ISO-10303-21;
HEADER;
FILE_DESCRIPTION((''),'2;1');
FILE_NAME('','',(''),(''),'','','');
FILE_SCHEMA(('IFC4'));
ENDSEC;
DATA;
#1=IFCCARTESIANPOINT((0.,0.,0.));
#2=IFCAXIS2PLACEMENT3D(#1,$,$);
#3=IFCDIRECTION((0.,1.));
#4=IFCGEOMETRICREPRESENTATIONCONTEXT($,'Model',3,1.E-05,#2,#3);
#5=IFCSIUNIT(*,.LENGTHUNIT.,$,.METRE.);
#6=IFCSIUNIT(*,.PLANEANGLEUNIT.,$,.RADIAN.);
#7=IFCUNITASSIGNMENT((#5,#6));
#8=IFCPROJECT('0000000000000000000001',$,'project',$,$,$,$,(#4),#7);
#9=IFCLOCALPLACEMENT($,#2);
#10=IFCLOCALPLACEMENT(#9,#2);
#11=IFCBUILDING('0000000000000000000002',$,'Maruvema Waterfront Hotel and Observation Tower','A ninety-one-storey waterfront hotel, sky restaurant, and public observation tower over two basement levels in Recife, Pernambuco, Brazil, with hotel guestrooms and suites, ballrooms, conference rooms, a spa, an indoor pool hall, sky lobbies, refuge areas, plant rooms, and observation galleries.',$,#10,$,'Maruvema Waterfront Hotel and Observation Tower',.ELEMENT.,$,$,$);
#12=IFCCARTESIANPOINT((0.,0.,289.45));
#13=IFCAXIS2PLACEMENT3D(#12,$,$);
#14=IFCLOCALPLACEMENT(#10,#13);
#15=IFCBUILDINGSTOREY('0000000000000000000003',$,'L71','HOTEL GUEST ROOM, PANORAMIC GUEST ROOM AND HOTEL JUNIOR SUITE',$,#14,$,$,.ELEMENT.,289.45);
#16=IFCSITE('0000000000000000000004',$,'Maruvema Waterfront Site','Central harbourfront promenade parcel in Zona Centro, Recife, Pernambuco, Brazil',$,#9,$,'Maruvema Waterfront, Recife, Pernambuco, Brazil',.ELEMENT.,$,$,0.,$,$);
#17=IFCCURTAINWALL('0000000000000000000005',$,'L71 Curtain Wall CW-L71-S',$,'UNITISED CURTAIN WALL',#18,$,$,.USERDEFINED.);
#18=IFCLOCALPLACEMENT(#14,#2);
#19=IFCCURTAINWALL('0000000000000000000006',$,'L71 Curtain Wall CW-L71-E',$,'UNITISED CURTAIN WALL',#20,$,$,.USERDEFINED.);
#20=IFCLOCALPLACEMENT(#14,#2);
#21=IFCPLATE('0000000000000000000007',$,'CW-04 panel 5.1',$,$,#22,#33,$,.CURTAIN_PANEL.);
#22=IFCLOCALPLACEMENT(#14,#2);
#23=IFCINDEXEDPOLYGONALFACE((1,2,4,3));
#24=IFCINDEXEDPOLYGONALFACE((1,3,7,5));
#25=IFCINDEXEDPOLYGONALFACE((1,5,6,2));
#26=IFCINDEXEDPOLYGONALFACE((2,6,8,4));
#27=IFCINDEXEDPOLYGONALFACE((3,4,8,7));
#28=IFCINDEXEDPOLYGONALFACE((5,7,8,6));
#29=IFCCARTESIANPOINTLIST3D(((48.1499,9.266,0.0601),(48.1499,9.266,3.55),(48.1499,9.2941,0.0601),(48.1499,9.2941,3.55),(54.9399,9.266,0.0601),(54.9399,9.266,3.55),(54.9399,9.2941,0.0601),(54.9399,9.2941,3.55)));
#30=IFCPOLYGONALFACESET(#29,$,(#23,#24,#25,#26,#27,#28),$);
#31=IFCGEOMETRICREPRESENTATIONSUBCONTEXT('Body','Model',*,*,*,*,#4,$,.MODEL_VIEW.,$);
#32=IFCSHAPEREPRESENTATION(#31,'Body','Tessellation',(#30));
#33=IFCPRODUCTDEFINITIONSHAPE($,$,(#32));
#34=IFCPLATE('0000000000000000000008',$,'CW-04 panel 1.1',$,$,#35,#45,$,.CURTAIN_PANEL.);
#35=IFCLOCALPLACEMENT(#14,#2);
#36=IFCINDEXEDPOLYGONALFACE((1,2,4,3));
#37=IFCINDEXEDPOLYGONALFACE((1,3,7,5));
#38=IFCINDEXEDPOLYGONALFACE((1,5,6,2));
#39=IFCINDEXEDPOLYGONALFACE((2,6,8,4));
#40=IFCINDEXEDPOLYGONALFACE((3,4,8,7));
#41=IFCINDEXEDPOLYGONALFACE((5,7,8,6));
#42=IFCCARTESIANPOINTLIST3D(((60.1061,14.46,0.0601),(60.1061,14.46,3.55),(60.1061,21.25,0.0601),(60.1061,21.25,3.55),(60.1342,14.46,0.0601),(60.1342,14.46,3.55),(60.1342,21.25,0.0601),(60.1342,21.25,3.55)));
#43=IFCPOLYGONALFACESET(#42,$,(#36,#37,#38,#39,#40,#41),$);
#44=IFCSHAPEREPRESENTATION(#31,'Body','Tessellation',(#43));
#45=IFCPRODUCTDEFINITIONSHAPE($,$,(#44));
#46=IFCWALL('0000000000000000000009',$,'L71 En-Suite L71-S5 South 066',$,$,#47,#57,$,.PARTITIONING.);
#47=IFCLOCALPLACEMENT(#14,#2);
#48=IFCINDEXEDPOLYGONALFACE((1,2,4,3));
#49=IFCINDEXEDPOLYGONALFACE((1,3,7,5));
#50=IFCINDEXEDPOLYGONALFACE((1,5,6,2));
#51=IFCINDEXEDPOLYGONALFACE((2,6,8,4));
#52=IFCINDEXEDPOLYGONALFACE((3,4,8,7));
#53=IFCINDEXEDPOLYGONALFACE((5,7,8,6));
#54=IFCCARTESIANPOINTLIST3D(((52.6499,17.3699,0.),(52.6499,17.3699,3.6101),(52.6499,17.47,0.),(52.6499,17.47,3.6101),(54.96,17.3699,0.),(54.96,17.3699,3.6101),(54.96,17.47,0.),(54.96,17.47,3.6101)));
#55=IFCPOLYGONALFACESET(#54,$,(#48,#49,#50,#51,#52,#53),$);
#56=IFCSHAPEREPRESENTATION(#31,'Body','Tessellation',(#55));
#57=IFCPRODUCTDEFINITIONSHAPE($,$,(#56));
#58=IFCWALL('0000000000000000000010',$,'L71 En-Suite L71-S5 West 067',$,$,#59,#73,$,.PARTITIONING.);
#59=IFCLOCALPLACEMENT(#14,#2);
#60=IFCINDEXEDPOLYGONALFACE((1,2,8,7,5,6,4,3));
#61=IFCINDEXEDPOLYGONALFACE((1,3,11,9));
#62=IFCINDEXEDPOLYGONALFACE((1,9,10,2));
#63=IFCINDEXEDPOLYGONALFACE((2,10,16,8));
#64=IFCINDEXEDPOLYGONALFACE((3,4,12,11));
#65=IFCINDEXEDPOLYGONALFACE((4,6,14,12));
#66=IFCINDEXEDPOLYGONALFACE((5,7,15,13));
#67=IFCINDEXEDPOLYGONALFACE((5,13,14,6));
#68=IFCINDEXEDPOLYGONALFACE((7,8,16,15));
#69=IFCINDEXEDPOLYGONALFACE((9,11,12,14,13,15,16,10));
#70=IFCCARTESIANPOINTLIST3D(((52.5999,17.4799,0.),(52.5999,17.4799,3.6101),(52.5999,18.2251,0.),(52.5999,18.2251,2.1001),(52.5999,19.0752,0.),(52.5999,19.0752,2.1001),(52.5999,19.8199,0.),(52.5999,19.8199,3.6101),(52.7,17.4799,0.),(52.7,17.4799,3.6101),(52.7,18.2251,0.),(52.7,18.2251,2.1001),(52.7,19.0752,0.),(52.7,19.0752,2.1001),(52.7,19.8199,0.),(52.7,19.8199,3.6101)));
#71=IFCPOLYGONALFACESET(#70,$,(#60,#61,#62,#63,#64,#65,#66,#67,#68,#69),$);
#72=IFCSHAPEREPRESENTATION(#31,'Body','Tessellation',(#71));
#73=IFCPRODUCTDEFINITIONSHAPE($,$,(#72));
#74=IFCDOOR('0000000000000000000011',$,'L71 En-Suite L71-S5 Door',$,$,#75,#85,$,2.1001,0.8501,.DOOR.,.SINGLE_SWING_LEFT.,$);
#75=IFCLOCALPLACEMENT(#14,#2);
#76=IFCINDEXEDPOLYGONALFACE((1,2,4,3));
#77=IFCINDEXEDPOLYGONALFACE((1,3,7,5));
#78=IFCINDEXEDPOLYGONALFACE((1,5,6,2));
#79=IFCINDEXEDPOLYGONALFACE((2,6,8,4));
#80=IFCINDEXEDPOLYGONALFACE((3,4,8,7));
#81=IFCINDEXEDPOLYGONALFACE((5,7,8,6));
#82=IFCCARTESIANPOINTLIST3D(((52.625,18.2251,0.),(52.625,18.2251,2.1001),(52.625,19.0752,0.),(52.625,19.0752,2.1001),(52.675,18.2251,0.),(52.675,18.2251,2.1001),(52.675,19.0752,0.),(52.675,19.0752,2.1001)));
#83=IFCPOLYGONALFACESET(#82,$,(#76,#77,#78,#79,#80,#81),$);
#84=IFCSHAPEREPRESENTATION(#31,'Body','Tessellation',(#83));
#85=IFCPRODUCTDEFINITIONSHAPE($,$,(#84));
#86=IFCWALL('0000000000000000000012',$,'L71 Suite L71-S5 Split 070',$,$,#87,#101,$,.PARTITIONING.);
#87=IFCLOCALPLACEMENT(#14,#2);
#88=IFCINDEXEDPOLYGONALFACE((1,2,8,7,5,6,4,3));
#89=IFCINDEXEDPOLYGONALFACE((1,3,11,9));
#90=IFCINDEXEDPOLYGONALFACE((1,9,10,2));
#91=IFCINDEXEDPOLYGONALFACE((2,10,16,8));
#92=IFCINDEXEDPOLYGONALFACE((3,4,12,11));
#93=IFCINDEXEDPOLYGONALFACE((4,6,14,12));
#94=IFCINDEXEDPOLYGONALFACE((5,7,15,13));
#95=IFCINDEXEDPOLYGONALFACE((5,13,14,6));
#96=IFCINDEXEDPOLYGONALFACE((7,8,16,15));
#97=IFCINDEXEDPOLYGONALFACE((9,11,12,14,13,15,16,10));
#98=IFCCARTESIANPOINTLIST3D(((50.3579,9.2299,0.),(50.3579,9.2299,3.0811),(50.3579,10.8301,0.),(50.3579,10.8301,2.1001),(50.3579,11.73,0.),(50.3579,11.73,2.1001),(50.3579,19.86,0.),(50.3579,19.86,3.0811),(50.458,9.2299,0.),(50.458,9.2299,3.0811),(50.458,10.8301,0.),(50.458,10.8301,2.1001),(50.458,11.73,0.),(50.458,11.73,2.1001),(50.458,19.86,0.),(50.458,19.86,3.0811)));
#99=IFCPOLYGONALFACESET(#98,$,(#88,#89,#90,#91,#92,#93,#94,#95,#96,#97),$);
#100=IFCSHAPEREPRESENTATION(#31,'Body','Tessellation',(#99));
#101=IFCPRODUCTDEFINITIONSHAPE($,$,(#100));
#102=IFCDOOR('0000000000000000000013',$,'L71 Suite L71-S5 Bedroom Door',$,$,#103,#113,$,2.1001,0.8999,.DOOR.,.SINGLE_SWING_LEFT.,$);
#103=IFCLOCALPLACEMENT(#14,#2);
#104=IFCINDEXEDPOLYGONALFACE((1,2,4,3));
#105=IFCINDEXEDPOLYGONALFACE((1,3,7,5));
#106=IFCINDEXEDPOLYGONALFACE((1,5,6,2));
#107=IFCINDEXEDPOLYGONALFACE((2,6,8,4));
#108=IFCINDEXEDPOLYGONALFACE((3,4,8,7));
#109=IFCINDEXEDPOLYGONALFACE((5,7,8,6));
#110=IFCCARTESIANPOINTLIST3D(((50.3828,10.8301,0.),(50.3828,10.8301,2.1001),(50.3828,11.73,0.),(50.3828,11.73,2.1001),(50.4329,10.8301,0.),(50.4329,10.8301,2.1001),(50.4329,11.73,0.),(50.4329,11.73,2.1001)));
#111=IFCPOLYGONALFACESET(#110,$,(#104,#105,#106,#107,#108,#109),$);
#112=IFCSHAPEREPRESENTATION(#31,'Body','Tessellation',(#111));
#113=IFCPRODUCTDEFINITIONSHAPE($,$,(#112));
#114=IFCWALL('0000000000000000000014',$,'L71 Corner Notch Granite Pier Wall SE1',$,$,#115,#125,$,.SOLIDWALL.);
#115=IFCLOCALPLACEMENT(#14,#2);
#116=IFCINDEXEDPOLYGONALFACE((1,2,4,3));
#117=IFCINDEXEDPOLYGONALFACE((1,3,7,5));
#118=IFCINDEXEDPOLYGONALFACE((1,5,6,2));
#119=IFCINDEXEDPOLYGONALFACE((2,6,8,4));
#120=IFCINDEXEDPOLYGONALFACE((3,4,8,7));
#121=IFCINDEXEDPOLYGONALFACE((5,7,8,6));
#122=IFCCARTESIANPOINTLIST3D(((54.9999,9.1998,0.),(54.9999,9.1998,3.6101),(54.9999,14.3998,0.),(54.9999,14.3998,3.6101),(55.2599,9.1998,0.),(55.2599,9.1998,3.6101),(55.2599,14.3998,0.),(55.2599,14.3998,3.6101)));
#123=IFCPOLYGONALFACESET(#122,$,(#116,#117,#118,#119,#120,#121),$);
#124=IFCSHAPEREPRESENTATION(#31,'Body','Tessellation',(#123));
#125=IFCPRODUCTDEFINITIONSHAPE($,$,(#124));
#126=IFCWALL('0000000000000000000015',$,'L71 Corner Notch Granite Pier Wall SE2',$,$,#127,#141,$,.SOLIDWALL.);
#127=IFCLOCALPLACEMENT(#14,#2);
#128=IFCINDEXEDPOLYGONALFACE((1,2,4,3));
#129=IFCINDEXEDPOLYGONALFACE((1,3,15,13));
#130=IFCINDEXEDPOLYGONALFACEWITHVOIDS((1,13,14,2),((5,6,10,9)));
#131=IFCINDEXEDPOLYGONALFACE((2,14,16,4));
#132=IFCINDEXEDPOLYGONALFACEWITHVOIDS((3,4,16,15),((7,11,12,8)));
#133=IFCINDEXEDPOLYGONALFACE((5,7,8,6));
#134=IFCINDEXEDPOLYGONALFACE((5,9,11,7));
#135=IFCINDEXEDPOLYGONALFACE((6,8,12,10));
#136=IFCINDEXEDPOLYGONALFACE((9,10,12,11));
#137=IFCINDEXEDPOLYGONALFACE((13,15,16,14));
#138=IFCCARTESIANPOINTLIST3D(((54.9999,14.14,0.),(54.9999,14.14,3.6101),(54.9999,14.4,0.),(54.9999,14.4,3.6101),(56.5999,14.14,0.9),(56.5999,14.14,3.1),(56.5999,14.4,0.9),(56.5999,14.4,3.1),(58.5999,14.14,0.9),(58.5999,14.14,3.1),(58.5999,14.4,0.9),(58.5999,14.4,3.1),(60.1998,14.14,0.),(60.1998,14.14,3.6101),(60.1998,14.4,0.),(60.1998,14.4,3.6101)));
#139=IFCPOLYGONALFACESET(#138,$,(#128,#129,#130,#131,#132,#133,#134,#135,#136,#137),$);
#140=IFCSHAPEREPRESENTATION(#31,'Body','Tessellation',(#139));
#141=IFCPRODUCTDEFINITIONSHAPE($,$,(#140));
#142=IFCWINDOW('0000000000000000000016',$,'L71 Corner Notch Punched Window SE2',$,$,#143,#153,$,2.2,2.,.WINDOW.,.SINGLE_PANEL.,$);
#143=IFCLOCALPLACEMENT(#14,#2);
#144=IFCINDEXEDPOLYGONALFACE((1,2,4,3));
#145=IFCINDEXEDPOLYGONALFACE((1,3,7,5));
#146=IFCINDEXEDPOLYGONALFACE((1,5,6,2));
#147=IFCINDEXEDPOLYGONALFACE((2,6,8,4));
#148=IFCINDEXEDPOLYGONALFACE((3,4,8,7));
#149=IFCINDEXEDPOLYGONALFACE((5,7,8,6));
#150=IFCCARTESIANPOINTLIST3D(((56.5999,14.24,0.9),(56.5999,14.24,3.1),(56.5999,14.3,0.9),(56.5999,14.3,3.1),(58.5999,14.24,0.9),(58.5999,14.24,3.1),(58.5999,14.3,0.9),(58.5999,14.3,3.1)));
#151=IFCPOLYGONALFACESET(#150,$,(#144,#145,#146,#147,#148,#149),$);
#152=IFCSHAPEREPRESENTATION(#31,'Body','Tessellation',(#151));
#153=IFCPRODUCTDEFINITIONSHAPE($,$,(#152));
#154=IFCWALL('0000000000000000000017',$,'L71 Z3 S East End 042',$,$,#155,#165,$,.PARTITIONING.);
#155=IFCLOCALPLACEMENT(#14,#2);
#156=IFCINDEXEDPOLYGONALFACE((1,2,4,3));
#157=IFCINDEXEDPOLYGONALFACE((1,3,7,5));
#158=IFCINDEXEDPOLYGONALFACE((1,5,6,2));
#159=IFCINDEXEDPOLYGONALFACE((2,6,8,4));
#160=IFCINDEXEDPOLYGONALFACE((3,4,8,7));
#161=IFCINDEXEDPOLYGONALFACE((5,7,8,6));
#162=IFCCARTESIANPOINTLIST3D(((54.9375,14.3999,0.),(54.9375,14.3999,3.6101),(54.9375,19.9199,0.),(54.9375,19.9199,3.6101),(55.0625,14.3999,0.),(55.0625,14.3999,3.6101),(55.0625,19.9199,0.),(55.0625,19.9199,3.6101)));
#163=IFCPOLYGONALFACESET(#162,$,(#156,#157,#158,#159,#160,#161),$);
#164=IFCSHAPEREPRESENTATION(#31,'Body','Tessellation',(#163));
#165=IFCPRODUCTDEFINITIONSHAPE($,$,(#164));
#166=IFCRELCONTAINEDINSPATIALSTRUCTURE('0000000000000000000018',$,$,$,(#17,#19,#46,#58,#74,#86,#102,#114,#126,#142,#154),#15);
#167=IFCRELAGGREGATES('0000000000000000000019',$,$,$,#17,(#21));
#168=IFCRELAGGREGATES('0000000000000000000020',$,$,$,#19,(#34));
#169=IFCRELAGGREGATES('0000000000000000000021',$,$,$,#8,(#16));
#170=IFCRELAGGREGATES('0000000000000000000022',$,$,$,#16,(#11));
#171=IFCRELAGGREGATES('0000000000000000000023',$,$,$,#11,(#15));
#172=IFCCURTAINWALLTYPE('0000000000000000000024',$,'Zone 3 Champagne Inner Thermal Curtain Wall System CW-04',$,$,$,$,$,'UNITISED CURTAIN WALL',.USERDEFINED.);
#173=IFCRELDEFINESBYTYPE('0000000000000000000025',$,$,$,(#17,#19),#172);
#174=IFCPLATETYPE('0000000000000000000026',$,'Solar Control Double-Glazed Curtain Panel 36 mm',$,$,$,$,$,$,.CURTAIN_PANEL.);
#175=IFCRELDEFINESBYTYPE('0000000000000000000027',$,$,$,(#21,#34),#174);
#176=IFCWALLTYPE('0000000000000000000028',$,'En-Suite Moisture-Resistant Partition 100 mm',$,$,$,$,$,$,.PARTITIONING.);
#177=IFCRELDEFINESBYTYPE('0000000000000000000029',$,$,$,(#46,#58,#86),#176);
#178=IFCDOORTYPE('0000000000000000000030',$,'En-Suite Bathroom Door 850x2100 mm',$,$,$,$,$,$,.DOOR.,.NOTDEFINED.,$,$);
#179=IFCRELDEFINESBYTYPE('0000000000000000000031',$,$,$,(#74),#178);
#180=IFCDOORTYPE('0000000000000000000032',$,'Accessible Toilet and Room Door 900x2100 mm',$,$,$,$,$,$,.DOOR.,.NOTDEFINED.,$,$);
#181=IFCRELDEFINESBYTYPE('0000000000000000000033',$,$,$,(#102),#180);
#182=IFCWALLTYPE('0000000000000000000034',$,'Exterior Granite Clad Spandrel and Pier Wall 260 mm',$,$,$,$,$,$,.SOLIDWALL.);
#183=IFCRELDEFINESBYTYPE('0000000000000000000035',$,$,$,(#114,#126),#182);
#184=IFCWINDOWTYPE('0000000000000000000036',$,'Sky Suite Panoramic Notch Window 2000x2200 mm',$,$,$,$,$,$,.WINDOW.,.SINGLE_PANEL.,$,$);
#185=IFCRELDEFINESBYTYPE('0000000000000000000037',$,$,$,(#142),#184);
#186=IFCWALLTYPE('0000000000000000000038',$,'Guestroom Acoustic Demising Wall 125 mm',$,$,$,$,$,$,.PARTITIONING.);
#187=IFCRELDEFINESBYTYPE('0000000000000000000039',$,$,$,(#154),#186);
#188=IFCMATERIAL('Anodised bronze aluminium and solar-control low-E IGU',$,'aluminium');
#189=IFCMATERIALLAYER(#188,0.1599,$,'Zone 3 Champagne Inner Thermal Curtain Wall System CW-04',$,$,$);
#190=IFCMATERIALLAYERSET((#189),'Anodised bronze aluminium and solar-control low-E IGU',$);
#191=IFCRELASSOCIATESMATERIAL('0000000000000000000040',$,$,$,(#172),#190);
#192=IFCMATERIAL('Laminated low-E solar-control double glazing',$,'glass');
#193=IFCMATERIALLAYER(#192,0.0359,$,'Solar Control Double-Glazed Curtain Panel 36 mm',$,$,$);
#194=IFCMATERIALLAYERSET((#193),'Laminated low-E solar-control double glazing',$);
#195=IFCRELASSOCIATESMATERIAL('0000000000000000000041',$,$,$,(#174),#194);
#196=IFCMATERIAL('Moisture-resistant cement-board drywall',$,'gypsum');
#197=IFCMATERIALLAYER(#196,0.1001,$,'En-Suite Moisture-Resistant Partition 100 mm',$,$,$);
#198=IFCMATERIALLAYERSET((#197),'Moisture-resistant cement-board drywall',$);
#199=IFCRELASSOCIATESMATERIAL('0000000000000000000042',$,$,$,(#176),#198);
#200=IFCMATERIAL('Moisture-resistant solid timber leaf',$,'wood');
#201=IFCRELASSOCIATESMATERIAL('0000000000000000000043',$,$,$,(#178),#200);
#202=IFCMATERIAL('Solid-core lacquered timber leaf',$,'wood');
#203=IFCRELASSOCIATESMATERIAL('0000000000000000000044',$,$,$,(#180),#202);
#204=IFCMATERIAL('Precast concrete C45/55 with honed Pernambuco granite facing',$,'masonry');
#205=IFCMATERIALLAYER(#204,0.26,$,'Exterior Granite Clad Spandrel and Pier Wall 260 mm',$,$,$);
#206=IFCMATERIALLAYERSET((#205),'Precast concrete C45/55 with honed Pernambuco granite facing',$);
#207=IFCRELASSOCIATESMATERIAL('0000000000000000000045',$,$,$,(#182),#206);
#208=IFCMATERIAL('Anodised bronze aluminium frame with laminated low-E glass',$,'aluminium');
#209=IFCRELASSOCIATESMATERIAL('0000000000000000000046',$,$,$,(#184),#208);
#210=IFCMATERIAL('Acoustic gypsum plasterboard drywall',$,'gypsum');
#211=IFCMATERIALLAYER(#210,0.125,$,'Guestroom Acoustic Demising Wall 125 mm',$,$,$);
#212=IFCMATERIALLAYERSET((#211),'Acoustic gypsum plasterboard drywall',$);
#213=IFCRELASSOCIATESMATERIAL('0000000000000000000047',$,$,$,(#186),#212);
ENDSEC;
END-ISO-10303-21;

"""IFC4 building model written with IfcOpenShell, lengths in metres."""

from ifc_helpers import new_model, si_unit, direction, frame, frame_2d, origin, origin_2d, place, context, subcontext, project, spatial, rectangle, extrude, material, layer, layer_set, type_object, element, fill, aggregate, save


model = new_model("IFC4")

# Units and contexts
model_context = context("Model", 3, precision=1e-05, world=origin(), true_north=direction((0.0, 1.0)))
body_context = subcontext(model_context, "Body", "Model", "MODEL_VIEW")
ifc_project = project(units=[si_unit("LENGTHUNIT", "METRE"), si_unit("PLANEANGLEUNIT", "RADIAN")], contexts=[model_context])

# Site, building, storey
site_placement = place(None, origin())
site = spatial("IfcSite", under=ifc_project, at=site_placement, Name="Maruvema Waterfront Site", Description="Central harbourfront promenade parcel in Zona Centro, Recife, Pernambuco, Brazil", LongName="Maruvema Waterfront, Recife, Pernambuco, Brazil", CompositionType="ELEMENT", RefElevation=0.0)
building_placement = place(site_placement, origin())
building = spatial("IfcBuilding", under=site, at=building_placement, Name="Maruvema Waterfront Hotel and Observation Tower", Description="A ninety-one-storey waterfront hotel, sky restaurant, and public observation tower over two basement levels in Recife, Pernambuco, Brazil, with hotel guestrooms and suites, ballrooms, conference rooms, a spa, an indoor pool hall, sky lobbies, refuge areas, plant rooms, and observation galleries.", LongName="Maruvema Waterfront Hotel and Observation Tower", CompositionType="ELEMENT")
storey_placement = place(building_placement, frame((0.0, 0.0, 289.45)))
storey = spatial("IfcBuildingStorey", under=building, at=storey_placement, Name="L71", Description="HOTEL GUEST ROOM, PANORAMIC GUEST ROOM AND HOTEL JUNIOR SUITE", CompositionType="ELEMENT", Elevation=289.45)

# Curtain walls
ifc_material_1 = material(Name="Anodised bronze aluminium and solar-control low-E IGU", Category="aluminium")
ifc_layer_1 = layer(ifc_material_1, 0.1599, Name="Zone 3 Champagne Inner Thermal Curtain Wall System CW-04")
ifc_layer_set_1 = layer_set([ifc_layer_1], Name="Anodised bronze aluminium and solar-control low-E IGU")
curtain_wall_type = type_object("IfcCurtainWallType", Name="Zone 3 Champagne Inner Thermal Curtain Wall System CW-04", ElementType="UNITISED CURTAIN WALL", PredefinedType="USERDEFINED", material=ifc_layer_set_1)
curtain_wall_1_placement = place(storey_placement, origin())
curtain_wall_1 = element("IfcCurtainWall", 1, at=curtain_wall_1_placement, inside=storey, type_object=curtain_wall_type, Name="L71 Curtain Wall CW-L71-S", ObjectType="UNITISED CURTAIN WALL", PredefinedType="USERDEFINED")
curtain_wall_2_placement = place(storey_placement, origin())
curtain_wall_2 = element("IfcCurtainWall", 2, at=curtain_wall_2_placement, inside=storey, type_object=curtain_wall_type, Name="L71 Curtain Wall CW-L71-E", ObjectType="UNITISED CURTAIN WALL", PredefinedType="USERDEFINED")

# Plates
ifc_material_2 = material(Name="Laminated low-E solar-control double glazing", Category="glass")
ifc_layer_2 = layer(ifc_material_2, 0.0359, Name="Solar Control Double-Glazed Curtain Panel 36 mm")
ifc_layer_set_2 = layer_set([ifc_layer_2], Name="Laminated low-E solar-control double glazing")
plate_type = type_object("IfcPlateType", Name="Solar Control Double-Glazed Curtain Panel 36 mm", PredefinedType="CURTAIN_PANEL", material=ifc_layer_set_2)
plate_1_placement = place(storey_placement, frame((51.5449, 9.28, 0.0601), z_axis=(0.0, 0.0, 1.0), x_axis=(1.0, 0.0, 0.0)))
plate_1 = element("IfcPlate", 3, at=plate_1_placement, type_object=plate_type, Name="CW-04 panel 5.1", PredefinedType="CURTAIN_PANEL", context=body_context, shape_type="SweptSolid", body=[
    extrude(rectangle(XDim=6.79, YDim=0.0281, at=origin_2d()), origin(), (0.0, 0.0, 1.0), 3.49),
])
aggregate(curtain_wall_1, [plate_1])
plate_2_placement = place(storey_placement, frame((60.1201, 17.855, 0.0601), z_axis=(0.0, 0.0, 1.0), x_axis=(0.0, 1.0, 0.0)))
plate_2 = element("IfcPlate", 4, at=plate_2_placement, type_object=plate_type, Name="CW-04 panel 1.1", PredefinedType="CURTAIN_PANEL", context=body_context, shape_type="SweptSolid", body=[
    extrude(rectangle(XDim=6.79, YDim=0.0281, at=origin_2d()), origin(), (0.0, 0.0, 1.0), 3.49),
])
aggregate(curtain_wall_2, [plate_2])

# Wall
ifc_material_3 = material(Name="Moisture-resistant cement-board drywall", Category="gypsum")
ifc_layer_3 = layer(ifc_material_3, 0.1001, Name="En-Suite Moisture-Resistant Partition 100 mm")
ifc_layer_set_3 = layer_set([ifc_layer_3], Name="Moisture-resistant cement-board drywall")
wall_type_1 = type_object("IfcWallType", Name="En-Suite Moisture-Resistant Partition 100 mm", PredefinedType="PARTITIONING", material=ifc_layer_set_3)
wall_1_placement = place(storey_placement, frame((52.6499, 17.4199, 0.0), z_axis=(0.0, 0.0, 1.0), x_axis=(1.0, 0.0, 0.0)))
element("IfcWall", 5, at=wall_1_placement, inside=storey, type_object=wall_type_1, Name="L71 En-Suite L71-S5 South 066", PredefinedType="PARTITIONING", context=body_context, shape_type="SweptSolid", body=[
    extrude(rectangle(XDim=2.3101, YDim=0.1001, at=frame_2d((1.155, 0.0))), origin(), (0.0, 0.0, 1.0), 3.6101),
])

# Walls, openings, doors
wall_2_placement = place(storey_placement, frame((52.6499, 17.48, 0.0), z_axis=(0.0, 0.0, 1.0), x_axis=(0.0, 1.0, 0.0)))
wall_2 = element("IfcWall", 6, at=wall_2_placement, inside=storey, type_object=wall_type_1, Name="L71 En-Suite L71-S5 West 067", PredefinedType="PARTITIONING", context=body_context, shape_type="SweptSolid", body=[
    extrude(rectangle(XDim=2.3401, YDim=0.1001, at=frame_2d((1.1699, 0.0))), origin(), (0.0, 0.0, 1.0), 3.6101),
])
opening_1_placement = place(wall_2_placement, frame((0.7451, 0.0, 0.0)))
opening_1 = element("IfcOpeningElement", 7, at=opening_1_placement, cuts=wall_2, PredefinedType="OPENING", context=body_context, shape_type="SweptSolid", body=[
    extrude(rectangle(XDim=0.8501, YDim=2.1001, at=frame_2d((0.425, 1.05))), frame((0.0, 0.0601, 0.0), z_axis=(0.0, -1.0, 0.0), x_axis=(1.0, 0.0, 0.0)), (0.0, 0.0, 1.0), 0.1201),
])
ifc_material_4 = material(Name="Moisture-resistant solid timber leaf", Category="wood")
door_type_1 = type_object("IfcDoorType", Name="En-Suite Bathroom Door 850x2100 mm", OperationType="NOTDEFINED", PredefinedType="DOOR", material=ifc_material_4)
door_1_placement = place(opening_1_placement, origin())
door_1 = element("IfcDoor", 8, at=door_1_placement, inside=storey, type_object=door_type_1, Name="L71 En-Suite L71-S5 Door", OperationType="SINGLE_SWING_LEFT", OverallHeight=2.1001, OverallWidth=0.8501, PredefinedType="DOOR", context=body_context, shape_type="SweptSolid", body=[
    extrude(rectangle(XDim=0.8501, YDim=2.1001, at=frame_2d((0.425, 1.05))), frame((0.0, 0.0249, 0.0), z_axis=(0.0, -1.0, 0.0), x_axis=(1.0, 0.0, 0.0)), (0.0, 0.0, 1.0), 0.05),
])
fill(opening_1, door_1)
wall_3_placement = place(storey_placement, frame((50.408, 9.23, 0.0), z_axis=(0.0, 0.0, 1.0), x_axis=(0.0, 1.0, 0.0)))
wall_3 = element("IfcWall", 9, at=wall_3_placement, inside=storey, type_object=wall_type_1, Name="L71 Suite L71-S5 Split 070", PredefinedType="PARTITIONING", context=body_context, shape_type="SweptSolid", body=[
    extrude(rectangle(XDim=10.6301, YDim=0.1001, at=frame_2d((5.3149, 0.0))), origin(), (0.0, 0.0, 1.0), 3.0811),
])
opening_2_placement = place(wall_3_placement, frame((1.6001, 0.0, 0.0)))
opening_2 = element("IfcOpeningElement", 10, at=opening_2_placement, cuts=wall_3, PredefinedType="OPENING", context=body_context, shape_type="SweptSolid", body=[
    extrude(rectangle(XDim=0.8999, YDim=2.1001, at=frame_2d((0.45, 1.05))), frame((0.0, 0.0601, 0.0), z_axis=(0.0, -1.0, 0.0), x_axis=(1.0, 0.0, 0.0)), (0.0, 0.0, 1.0), 0.1201),
])
ifc_material_5 = material(Name="Solid-core lacquered timber leaf", Category="wood")
door_type_2 = type_object("IfcDoorType", Name="Accessible Toilet and Room Door 900x2100 mm", OperationType="NOTDEFINED", PredefinedType="DOOR", material=ifc_material_5)
door_2_placement = place(opening_2_placement, frame((0.8999, 0.0, 0.0), z_axis=(0.0, 0.0, 1.0), x_axis=(-1.0, 0.0, 0.0)))
door_2 = element("IfcDoor", 11, at=door_2_placement, inside=storey, type_object=door_type_2, Name="L71 Suite L71-S5 Bedroom Door", OperationType="SINGLE_SWING_LEFT", OverallHeight=2.1001, OverallWidth=0.8999, PredefinedType="DOOR", context=body_context, shape_type="SweptSolid", body=[
    extrude(rectangle(XDim=0.8999, YDim=2.1001, at=frame_2d((0.45, 1.05))), frame((0.0, 0.0249, 0.0), z_axis=(0.0, -1.0, 0.0), x_axis=(1.0, 0.0, 0.0)), (0.0, 0.0, 1.0), 0.05),
])
fill(opening_2, door_2)

# Wall
ifc_material_6 = material(Name="Precast concrete C45/55 with honed Pernambuco granite facing", Category="masonry")
ifc_layer_4 = layer(ifc_material_6, 0.26, Name="Exterior Granite Clad Spandrel and Pier Wall 260 mm")
ifc_layer_set_4 = layer_set([ifc_layer_4], Name="Precast concrete C45/55 with honed Pernambuco granite facing")
wall_type_2 = type_object("IfcWallType", Name="Exterior Granite Clad Spandrel and Pier Wall 260 mm", PredefinedType="SOLIDWALL", material=ifc_layer_set_4)
wall_4_placement = place(storey_placement, frame((55.1299, 14.3999, 0.0), z_axis=(0.0, 0.0, 1.0), x_axis=(0.0, -1.0, 0.0)))
element("IfcWall", 12, at=wall_4_placement, inside=storey, type_object=wall_type_2, Name="L71 Corner Notch Granite Pier Wall SE1", PredefinedType="SOLIDWALL", context=body_context, shape_type="SweptSolid", body=[
    extrude(rectangle(XDim=5.2, YDim=0.26, at=frame_2d((2.6001, 0.0))), origin(), (0.0, 0.0, 1.0), 3.6101),
])

# Wall, opening, window
wall_5_placement = place(storey_placement, frame((60.2, 14.27, 0.0), z_axis=(0.0, 0.0, 1.0), x_axis=(-1.0, 0.0, 0.0)))
wall_5 = element("IfcWall", 13, at=wall_5_placement, inside=storey, type_object=wall_type_2, Name="L71 Corner Notch Granite Pier Wall SE2", PredefinedType="SOLIDWALL", context=body_context, shape_type="SweptSolid", body=[
    extrude(rectangle(XDim=5.2, YDim=0.26, at=frame_2d((2.6001, 0.0))), origin(), (0.0, 0.0, 1.0), 3.6101),
])
opening_3_placement = place(wall_5_placement, frame((1.6001, 0.0, 0.8999)))
opening_3 = element("IfcOpeningElement", 14, at=opening_3_placement, cuts=wall_5, PredefinedType="OPENING", context=body_context, shape_type="SweptSolid", body=[
    extrude(rectangle(XDim=2.0, YDim=2.2, at=frame_2d((1.0, 1.1001))), frame((0.0, 0.1401, 0.0), z_axis=(0.0, -1.0, 0.0), x_axis=(1.0, 0.0, 0.0)), (0.0, 0.0, 1.0), 0.28),
])
ifc_material_7 = material(Name="Anodised bronze aluminium frame with laminated low-E glass", Category="aluminium")
window_type = type_object("IfcWindowType", Name="Sky Suite Panoramic Notch Window 2000x2200 mm", PartitioningType="SINGLE_PANEL", PredefinedType="WINDOW", material=ifc_material_7)
window_placement = place(opening_3_placement, origin())
window = element("IfcWindow", 15, at=window_placement, inside=storey, type_object=window_type, Name="L71 Corner Notch Punched Window SE2", OverallHeight=2.2, OverallWidth=2.0, PartitioningType="SINGLE_PANEL", PredefinedType="WINDOW", context=body_context, shape_type="SweptSolid", body=[
    extrude(rectangle(XDim=2.0, YDim=2.2, at=frame_2d((1.0, 1.1001))), frame((0.0, 0.03, 0.0), z_axis=(0.0, -1.0, 0.0), x_axis=(1.0, 0.0, 0.0)), (0.0, 0.0, 1.0), 0.0601),
])
fill(opening_3, window)

# Wall
ifc_material_8 = material(Name="Acoustic gypsum plasterboard drywall", Category="gypsum")
ifc_layer_5 = layer(ifc_material_8, 0.125, Name="Guestroom Acoustic Demising Wall 125 mm")
ifc_layer_set_5 = layer_set([ifc_layer_5], Name="Acoustic gypsum plasterboard drywall")
wall_type_3 = type_object("IfcWallType", Name="Guestroom Acoustic Demising Wall 125 mm", PredefinedType="PARTITIONING", material=ifc_layer_set_5)
wall_6_placement = place(storey_placement, frame((55.0, 14.3999, 0.0), z_axis=(0.0, 0.0, 1.0), x_axis=(0.0, 1.0, 0.0)))
element("IfcWall", 16, at=wall_6_placement, inside=storey, type_object=wall_type_3, Name="L71 Z3 S East End 042", PredefinedType="PARTITIONING", context=body_context, shape_type="SweptSolid", body=[
    extrude(rectangle(XDim=5.52, YDim=0.125, at=frame_2d((2.76, 0.0))), origin(), (0.0, 0.0, 1.0), 3.6101),
])

save(model, "model.ifc")
